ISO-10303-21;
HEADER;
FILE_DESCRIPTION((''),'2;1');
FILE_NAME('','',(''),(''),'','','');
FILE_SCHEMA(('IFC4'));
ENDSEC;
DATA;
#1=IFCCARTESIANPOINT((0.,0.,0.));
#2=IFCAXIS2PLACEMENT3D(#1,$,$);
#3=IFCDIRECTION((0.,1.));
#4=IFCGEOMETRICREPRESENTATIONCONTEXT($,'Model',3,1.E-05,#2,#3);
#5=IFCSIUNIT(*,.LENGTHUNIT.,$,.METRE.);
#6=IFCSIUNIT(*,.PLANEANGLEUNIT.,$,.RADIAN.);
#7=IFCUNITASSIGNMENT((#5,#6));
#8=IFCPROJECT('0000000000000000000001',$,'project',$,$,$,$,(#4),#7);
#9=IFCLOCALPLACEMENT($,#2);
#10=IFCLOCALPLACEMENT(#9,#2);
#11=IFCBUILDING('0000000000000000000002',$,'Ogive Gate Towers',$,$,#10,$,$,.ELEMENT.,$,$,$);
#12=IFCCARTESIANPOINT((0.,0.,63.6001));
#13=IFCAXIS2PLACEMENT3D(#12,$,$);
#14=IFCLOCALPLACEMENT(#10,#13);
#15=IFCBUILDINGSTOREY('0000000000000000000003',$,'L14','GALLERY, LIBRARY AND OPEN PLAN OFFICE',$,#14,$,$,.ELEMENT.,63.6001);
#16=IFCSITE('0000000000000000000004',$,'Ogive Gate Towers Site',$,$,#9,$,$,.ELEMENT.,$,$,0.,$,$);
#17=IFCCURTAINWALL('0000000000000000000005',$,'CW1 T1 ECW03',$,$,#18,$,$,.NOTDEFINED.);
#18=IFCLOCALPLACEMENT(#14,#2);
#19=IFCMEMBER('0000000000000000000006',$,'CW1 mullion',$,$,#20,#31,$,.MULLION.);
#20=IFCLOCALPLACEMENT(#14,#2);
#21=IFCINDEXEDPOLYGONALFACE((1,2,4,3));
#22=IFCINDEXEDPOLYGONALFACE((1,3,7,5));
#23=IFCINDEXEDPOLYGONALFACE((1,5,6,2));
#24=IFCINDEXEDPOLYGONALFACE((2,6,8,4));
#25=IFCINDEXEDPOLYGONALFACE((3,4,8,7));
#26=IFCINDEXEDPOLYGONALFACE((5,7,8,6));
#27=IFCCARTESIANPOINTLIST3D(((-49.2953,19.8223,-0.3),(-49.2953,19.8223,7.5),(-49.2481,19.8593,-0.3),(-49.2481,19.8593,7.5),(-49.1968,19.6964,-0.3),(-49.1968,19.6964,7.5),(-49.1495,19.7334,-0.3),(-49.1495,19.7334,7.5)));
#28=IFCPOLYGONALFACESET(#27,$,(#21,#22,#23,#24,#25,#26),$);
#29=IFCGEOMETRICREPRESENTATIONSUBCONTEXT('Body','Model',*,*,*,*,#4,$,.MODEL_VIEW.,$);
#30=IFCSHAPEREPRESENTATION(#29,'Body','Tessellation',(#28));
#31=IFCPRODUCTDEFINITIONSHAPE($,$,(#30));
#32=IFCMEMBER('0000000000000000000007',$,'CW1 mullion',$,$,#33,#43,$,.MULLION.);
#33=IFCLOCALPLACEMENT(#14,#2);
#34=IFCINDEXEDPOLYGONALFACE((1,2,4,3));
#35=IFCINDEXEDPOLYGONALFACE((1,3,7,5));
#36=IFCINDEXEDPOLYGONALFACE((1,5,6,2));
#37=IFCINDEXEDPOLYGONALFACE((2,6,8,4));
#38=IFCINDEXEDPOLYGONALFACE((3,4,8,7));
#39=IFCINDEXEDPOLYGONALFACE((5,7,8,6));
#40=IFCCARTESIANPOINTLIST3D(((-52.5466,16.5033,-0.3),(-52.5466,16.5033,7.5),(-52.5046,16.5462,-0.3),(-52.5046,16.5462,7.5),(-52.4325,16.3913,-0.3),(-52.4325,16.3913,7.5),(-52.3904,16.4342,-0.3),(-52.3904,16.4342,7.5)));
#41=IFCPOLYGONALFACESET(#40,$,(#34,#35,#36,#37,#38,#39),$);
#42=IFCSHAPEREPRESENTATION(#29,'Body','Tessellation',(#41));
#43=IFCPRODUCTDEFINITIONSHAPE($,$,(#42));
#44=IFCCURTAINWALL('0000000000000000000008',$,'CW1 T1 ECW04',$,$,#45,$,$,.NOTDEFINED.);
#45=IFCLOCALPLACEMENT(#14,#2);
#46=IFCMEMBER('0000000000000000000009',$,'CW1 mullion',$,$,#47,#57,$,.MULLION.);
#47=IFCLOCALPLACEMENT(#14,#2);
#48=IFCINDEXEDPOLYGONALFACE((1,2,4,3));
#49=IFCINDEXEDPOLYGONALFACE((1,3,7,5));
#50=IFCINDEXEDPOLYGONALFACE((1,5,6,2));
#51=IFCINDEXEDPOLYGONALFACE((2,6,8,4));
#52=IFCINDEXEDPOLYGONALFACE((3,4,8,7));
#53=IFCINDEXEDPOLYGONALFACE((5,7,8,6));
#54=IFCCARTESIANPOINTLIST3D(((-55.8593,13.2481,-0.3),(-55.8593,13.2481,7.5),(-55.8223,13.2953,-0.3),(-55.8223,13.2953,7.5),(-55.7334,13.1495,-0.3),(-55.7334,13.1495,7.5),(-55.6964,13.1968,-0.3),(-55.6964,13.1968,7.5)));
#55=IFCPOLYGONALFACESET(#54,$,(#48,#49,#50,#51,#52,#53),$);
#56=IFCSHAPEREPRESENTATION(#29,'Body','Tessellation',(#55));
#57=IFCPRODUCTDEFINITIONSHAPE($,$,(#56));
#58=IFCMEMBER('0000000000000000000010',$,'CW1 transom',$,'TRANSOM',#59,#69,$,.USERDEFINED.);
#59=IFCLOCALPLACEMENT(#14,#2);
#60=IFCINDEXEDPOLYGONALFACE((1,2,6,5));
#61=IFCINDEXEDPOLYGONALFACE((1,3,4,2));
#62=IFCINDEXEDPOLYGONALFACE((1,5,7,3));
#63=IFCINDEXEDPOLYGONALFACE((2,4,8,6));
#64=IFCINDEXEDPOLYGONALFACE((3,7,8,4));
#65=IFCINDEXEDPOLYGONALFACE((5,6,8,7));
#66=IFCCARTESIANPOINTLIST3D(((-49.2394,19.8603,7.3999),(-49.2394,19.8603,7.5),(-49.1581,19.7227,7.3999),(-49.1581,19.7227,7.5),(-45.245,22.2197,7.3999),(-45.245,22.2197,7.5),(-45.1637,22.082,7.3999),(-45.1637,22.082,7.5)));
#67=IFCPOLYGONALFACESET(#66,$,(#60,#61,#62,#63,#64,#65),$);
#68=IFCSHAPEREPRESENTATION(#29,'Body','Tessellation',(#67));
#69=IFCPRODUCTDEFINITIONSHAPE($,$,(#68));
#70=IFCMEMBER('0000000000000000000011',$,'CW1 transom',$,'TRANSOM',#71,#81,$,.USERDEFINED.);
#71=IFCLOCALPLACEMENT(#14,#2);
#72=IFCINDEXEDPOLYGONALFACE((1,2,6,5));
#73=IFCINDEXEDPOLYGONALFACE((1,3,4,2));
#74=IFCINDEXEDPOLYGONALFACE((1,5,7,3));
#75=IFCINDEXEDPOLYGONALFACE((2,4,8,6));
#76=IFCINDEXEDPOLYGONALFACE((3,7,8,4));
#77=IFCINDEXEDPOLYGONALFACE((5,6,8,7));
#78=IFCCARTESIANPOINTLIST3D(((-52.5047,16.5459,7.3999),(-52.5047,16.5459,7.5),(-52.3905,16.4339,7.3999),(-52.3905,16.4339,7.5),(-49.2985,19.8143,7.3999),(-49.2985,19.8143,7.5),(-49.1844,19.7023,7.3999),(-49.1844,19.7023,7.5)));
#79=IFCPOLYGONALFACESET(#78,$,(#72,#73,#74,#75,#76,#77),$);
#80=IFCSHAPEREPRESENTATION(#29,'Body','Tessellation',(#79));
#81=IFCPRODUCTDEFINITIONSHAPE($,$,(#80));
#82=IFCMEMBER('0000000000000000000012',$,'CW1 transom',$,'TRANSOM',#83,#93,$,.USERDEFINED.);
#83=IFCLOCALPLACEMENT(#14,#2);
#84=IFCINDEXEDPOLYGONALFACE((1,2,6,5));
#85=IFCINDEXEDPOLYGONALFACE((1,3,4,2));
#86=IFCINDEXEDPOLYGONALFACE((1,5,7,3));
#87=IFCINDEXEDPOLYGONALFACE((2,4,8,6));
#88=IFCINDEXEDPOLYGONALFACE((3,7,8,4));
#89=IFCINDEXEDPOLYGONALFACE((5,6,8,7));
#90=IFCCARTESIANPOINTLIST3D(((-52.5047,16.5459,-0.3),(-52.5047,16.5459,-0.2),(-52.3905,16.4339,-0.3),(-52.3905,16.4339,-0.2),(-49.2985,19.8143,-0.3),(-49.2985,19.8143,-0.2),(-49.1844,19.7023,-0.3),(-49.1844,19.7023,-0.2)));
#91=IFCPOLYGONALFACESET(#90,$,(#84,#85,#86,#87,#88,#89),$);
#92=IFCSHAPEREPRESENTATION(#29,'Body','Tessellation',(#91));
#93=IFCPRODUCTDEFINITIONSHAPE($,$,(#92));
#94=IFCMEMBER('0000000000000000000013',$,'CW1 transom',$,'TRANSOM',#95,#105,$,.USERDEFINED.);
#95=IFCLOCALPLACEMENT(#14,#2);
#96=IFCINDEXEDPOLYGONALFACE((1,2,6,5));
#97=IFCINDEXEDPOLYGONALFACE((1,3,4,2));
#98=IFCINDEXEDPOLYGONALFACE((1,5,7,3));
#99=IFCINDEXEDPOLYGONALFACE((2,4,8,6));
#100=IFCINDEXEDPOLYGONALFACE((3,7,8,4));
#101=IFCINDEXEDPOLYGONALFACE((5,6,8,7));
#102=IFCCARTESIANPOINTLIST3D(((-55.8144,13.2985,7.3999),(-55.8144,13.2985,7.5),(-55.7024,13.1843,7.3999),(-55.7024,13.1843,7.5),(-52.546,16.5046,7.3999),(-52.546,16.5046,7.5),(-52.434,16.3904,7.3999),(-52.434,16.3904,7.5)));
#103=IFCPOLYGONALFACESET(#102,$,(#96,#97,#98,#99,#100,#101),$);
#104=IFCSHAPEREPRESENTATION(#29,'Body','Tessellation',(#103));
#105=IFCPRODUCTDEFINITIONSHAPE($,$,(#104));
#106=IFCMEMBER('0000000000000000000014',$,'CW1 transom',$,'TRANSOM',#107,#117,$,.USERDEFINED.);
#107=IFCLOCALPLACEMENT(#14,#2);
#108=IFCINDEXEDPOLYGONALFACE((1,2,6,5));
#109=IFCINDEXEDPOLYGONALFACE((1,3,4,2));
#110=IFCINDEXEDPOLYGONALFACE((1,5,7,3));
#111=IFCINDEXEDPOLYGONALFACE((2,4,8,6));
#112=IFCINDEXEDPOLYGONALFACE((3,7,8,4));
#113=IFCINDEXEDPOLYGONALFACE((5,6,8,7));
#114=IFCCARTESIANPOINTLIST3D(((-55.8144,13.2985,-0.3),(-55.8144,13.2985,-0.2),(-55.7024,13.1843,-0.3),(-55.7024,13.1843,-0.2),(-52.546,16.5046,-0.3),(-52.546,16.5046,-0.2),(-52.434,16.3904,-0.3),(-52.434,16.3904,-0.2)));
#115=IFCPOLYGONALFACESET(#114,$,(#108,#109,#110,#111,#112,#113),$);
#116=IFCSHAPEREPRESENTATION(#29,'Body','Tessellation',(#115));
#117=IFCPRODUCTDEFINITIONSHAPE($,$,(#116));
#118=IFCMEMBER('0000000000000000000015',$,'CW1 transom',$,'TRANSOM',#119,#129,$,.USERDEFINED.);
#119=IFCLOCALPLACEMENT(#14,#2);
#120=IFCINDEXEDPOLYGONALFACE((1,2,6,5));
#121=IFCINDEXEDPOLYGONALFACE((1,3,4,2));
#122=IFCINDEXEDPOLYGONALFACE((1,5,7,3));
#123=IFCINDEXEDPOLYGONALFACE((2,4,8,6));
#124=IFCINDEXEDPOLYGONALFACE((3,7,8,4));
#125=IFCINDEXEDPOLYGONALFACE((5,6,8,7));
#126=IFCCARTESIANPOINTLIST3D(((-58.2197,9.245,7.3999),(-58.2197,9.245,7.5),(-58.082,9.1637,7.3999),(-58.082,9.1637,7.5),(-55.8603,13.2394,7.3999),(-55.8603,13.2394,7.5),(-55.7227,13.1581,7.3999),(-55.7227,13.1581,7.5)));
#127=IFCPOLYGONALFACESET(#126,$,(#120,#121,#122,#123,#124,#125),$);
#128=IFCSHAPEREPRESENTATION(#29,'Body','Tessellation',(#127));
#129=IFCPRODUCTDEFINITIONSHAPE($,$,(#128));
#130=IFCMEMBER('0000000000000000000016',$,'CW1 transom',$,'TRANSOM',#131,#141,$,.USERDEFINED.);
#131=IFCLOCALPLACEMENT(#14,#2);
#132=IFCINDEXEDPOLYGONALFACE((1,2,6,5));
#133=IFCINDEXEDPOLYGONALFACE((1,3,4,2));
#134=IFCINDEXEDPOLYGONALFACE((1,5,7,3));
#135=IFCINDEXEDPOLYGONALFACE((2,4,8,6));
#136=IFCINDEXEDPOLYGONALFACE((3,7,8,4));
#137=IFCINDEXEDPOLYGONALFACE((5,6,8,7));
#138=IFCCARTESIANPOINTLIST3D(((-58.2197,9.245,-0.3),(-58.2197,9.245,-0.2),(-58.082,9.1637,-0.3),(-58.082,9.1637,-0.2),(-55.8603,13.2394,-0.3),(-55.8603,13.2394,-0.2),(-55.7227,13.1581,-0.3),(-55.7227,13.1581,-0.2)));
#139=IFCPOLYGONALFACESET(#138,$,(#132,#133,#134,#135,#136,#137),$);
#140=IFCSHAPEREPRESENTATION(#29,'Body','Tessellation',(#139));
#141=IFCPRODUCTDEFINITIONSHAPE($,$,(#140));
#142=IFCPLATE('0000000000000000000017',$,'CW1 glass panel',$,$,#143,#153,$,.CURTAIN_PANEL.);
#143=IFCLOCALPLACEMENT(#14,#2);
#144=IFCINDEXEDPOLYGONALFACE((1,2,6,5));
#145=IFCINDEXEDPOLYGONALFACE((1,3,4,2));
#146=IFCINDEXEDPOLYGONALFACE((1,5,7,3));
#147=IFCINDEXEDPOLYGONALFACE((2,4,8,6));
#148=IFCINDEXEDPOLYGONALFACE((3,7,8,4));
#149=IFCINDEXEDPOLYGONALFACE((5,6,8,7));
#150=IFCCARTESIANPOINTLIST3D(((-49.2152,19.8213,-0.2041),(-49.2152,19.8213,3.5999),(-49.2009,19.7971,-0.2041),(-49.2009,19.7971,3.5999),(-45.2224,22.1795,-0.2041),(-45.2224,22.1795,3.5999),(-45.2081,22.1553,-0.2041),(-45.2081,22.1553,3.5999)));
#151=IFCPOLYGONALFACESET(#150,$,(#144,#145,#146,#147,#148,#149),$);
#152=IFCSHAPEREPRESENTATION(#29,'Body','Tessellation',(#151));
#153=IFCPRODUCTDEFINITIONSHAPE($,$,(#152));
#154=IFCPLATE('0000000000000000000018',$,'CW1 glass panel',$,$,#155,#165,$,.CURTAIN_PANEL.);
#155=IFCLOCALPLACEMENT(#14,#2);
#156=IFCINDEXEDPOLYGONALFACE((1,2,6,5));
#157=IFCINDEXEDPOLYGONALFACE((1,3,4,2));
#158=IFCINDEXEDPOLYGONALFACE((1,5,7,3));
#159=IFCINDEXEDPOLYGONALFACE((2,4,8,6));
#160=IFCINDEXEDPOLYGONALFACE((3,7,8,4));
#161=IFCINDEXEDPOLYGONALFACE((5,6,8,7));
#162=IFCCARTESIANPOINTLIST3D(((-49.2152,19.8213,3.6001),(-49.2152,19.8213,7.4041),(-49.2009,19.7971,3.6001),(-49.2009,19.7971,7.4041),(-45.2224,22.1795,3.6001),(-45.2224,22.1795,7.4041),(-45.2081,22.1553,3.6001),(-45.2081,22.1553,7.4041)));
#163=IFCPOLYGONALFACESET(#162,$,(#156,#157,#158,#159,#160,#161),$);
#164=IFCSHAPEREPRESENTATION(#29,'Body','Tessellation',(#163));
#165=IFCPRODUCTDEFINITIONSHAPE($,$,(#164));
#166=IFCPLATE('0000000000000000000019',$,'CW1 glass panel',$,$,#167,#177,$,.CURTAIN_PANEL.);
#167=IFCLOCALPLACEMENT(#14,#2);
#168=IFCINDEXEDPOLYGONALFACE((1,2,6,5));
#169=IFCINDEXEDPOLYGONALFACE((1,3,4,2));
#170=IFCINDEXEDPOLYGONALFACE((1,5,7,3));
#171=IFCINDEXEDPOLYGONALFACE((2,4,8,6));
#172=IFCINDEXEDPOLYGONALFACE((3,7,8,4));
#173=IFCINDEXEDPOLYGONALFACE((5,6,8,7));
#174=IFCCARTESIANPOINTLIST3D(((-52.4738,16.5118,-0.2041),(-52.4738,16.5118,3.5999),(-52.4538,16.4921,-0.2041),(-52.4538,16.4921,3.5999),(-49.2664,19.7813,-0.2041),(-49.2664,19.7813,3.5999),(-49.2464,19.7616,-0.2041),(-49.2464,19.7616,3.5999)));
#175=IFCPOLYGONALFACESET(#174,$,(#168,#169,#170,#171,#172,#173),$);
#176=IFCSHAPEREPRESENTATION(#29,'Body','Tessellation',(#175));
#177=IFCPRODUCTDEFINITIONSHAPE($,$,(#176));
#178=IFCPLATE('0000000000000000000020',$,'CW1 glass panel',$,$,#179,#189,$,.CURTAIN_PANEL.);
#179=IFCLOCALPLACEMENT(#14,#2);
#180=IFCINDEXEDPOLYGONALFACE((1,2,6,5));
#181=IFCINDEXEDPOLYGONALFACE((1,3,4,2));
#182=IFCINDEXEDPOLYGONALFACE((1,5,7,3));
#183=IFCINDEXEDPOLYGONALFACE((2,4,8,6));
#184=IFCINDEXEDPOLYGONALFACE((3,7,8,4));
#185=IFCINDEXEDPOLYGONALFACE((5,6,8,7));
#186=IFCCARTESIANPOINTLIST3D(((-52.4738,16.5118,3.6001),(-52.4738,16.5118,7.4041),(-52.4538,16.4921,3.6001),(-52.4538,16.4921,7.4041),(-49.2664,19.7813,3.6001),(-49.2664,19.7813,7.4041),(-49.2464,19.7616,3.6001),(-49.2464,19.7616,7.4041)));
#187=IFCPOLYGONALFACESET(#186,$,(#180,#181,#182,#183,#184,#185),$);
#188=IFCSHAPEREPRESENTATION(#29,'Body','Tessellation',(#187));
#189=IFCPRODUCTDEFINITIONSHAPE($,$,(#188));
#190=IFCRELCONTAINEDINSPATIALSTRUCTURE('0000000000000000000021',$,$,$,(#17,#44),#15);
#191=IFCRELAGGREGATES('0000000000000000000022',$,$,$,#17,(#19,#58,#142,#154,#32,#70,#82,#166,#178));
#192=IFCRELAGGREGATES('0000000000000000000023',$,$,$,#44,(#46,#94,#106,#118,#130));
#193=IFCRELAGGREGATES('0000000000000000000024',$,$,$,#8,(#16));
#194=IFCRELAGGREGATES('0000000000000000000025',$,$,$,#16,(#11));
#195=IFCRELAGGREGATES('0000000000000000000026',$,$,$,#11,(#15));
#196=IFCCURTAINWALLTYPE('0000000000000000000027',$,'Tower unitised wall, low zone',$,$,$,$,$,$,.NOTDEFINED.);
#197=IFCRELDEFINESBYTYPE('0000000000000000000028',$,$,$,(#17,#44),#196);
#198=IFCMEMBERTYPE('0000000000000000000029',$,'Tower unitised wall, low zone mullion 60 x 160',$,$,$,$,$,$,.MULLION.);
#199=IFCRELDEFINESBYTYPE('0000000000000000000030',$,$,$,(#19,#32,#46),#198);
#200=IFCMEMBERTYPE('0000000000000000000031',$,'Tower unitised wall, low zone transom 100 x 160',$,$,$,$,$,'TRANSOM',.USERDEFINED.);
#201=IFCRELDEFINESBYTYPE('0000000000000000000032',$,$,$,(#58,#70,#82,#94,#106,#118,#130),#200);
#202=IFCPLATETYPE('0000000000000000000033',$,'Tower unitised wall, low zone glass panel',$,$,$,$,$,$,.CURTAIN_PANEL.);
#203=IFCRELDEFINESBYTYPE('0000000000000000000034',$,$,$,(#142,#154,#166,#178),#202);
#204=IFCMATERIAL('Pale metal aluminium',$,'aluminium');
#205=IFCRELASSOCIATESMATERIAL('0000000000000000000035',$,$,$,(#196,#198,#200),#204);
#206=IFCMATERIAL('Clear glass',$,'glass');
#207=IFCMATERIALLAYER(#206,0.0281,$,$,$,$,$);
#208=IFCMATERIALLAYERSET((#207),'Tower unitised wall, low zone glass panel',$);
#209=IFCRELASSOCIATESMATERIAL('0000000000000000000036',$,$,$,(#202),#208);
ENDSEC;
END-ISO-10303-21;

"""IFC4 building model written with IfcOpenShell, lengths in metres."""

from ifc_helpers import new_model, si_unit, direction, frame, origin, origin_2d, place, context, subcontext, project, spatial, rectangle, extrude, material, layer, layer_set, material_profile, profile_set, type_object, element, aggregate, save


model = new_model("IFC4")

# Units and contexts
model_context = context("Model", 3, precision=1e-05, world=origin(), true_north=direction((0.0, 1.0)))
body_context = subcontext(model_context, "Body", "Model", "MODEL_VIEW")
ifc_project = project(units=[si_unit("LENGTHUNIT", "METRE"), si_unit("PLANEANGLEUNIT", "RADIAN")], contexts=[model_context])

# Site, building, storey
site_placement = place(None, origin())
site = spatial("IfcSite", under=ifc_project, at=site_placement, Name="Ogive Gate Towers Site", CompositionType="ELEMENT", RefElevation=0.0)
building_placement = place(site_placement, origin())
building = spatial("IfcBuilding", under=site, at=building_placement, Name="Ogive Gate Towers", CompositionType="ELEMENT")
storey_placement = place(building_placement, frame((0.0, 0.0, 63.6001)))
storey = spatial("IfcBuildingStorey", under=building, at=storey_placement, Name="L14", Description="GALLERY, LIBRARY AND OPEN PLAN OFFICE", CompositionType="ELEMENT", Elevation=63.6001)

# Curtain wall, members
ifc_material_1 = material(Name="Pale metal aluminium", Category="aluminium")
curtain_wall_type = type_object("IfcCurtainWallType", Name="Tower unitised wall, low zone", PredefinedType="NOTDEFINED", material=ifc_material_1)
curtain_wall_1_placement = place(storey_placement, origin())
curtain_wall_1 = element("IfcCurtainWall", 1, at=curtain_wall_1_placement, inside=storey, type_object=curtain_wall_type, Name="CW1 T1 ECW03", PredefinedType="NOTDEFINED")
ifc_material_profile_1 = material_profile(ifc_material_1, rectangle(XDim=0.1599, YDim=0.0601, at=origin_2d()), Name="60 x 160 aluminium box")
ifc_profile_set_1 = profile_set([ifc_material_profile_1], Name="Pale metal aluminium")
member_type_1 = type_object("IfcMemberType", Name="Tower unitised wall, low zone mullion 60 x 160", PredefinedType="MULLION", material=ifc_profile_set_1)
member_1_placement = place(storey_placement, frame((-49.2224, 19.7778, -0.3), z_axis=(0.0, 0.0, 1.0), x_axis=(-0.616459, 0.787387, 0.0)))
member_1 = element("IfcMember", 2, at=member_1_placement, type_object=member_type_1, Name="CW1 mullion", PredefinedType="MULLION", context=body_context, shape_type="SweptSolid", body=[
    extrude(rectangle(XDim=0.1599, YDim=0.0601, at=origin_2d()), origin(), (0.0, 0.0, 1.0), 7.8),
])
member_2_placement = place(storey_placement, frame((-52.4685, 16.4688, -0.3), z_axis=(0.0, 0.0, 1.0), x_axis=(-0.71385, 0.700299, 0.0)))
member_2 = element("IfcMember", 3, at=member_2_placement, type_object=member_type_1, Name="CW1 mullion", PredefinedType="MULLION", context=body_context, shape_type="SweptSolid", body=[
    extrude(rectangle(XDim=0.1599, YDim=0.0601, at=origin_2d()), origin(), (0.0, 0.0, 1.0), 7.8),
])

# Curtain wall, member
curtain_wall_2_placement = place(storey_placement, origin())
curtain_wall_2 = element("IfcCurtainWall", 4, at=curtain_wall_2_placement, inside=storey, type_object=curtain_wall_type, Name="CW1 T1 ECW04", PredefinedType="NOTDEFINED")
member_3_placement = place(storey_placement, frame((-55.7778, 13.2224, -0.3), z_axis=(0.0, 0.0, 1.0), x_axis=(-0.787387, 0.616459, 0.0)))
member_3 = element("IfcMember", 5, at=member_3_placement, type_object=member_type_1, Name="CW1 mullion", PredefinedType="MULLION", context=body_context, shape_type="SweptSolid", body=[
    extrude(rectangle(XDim=0.1599, YDim=0.0601, at=origin_2d()), origin(), (0.0, 0.0, 1.0), 7.8),
])

# Members
ifc_material_profile_2 = material_profile(ifc_material_1, rectangle(XDim=0.1599, YDim=0.1001, at=origin_2d()), Name="100 x 160 aluminium box")
ifc_profile_set_2 = profile_set([ifc_material_profile_2], Name="Pale metal aluminium")
member_type_2 = type_object("IfcMemberType", Name="Tower unitised wall, low zone transom 100 x 160", ElementType="TRANSOM", PredefinedType="USERDEFINED", material=ifc_profile_set_2)
member_4_placement = place(storey_placement, frame((-45.2043, 22.1509, 7.45), z_axis=(-0.861016, -0.508579, 0.0), x_axis=(0.508579, -0.861016, 0.0)))
member_4 = element("IfcMember", 6, at=member_4_placement, type_object=member_type_2, Name="CW1 transom", ObjectType="TRANSOM", PredefinedType="USERDEFINED", context=body_context, shape_type="SweptSolid", body=[
    extrude(rectangle(XDim=0.1599, YDim=0.1001, at=origin_2d()), origin(), (0.0, 0.0, 1.0), 4.6392),
])
member_5_placement = place(storey_placement, frame((-49.2415, 19.7583, 7.45), z_axis=(-0.700275, -0.713873, 0.0), x_axis=(0.713873, -0.700275, 0.0)))
member_5 = element("IfcMember", 7, at=member_5_placement, type_object=member_type_2, Name="CW1 transom", ObjectType="TRANSOM", PredefinedType="USERDEFINED", context=body_context, shape_type="SweptSolid", body=[
    extrude(rectangle(XDim=0.1599, YDim=0.1001, at=origin_2d()), origin(), (0.0, 0.0, 1.0), 4.5784),
])
member_6_placement = place(storey_placement, frame((-49.2415, 19.7583, -0.25), z_axis=(-0.700275, -0.713873, 0.0), x_axis=(0.713873, -0.700275, 0.0)))
member_6 = element("IfcMember", 8, at=member_6_placement, type_object=member_type_2, Name="CW1 transom", ObjectType="TRANSOM", PredefinedType="USERDEFINED", context=body_context, shape_type="SweptSolid", body=[
    extrude(rectangle(XDim=0.1599, YDim=0.1001, at=origin_2d()), origin(), (0.0, 0.0, 1.0), 4.5784),
])
member_7_placement = place(storey_placement, frame((-52.49, 16.4475, 7.45), z_axis=(-0.713873, -0.700275, 0.0), x_axis=(0.700275, -0.713873, 0.0)))
member_7 = element("IfcMember", 9, at=member_7_placement, type_object=member_type_2, Name="CW1 transom", ObjectType="TRANSOM", PredefinedType="USERDEFINED", context=body_context, shape_type="SweptSolid", body=[
    extrude(rectangle(XDim=0.1599, YDim=0.1001, at=origin_2d()), origin(), (0.0, 0.0, 1.0), 4.5784),
])
member_8_placement = place(storey_placement, frame((-52.49, 16.4475, -0.25), z_axis=(-0.713873, -0.700275, 0.0), x_axis=(0.700275, -0.713873, 0.0)))
member_8 = element("IfcMember", 10, at=member_8_placement, type_object=member_type_2, Name="CW1 transom", ObjectType="TRANSOM", PredefinedType="USERDEFINED", context=body_context, shape_type="SweptSolid", body=[
    extrude(rectangle(XDim=0.1599, YDim=0.1001, at=origin_2d()), origin(), (0.0, 0.0, 1.0), 4.5784),
])
member_9_placement = place(storey_placement, frame((-55.7915, 13.1987, 7.45), z_axis=(-0.508579, -0.861016, 0.0), x_axis=(0.861016, -0.508579, 0.0)))
member_9 = element("IfcMember", 11, at=member_9_placement, type_object=member_type_2, Name="CW1 transom", ObjectType="TRANSOM", PredefinedType="USERDEFINED", context=body_context, shape_type="SweptSolid", body=[
    extrude(rectangle(XDim=0.1599, YDim=0.1001, at=origin_2d()), origin(), (0.0, 0.0, 1.0), 4.6392),
])
member_10_placement = place(storey_placement, frame((-55.7915, 13.1987, -0.25), z_axis=(-0.508579, -0.861016, 0.0), x_axis=(0.861016, -0.508579, 0.0)))
member_10 = element("IfcMember", 12, at=member_10_placement, type_object=member_type_2, Name="CW1 transom", ObjectType="TRANSOM", PredefinedType="USERDEFINED", context=body_context, shape_type="SweptSolid", body=[
    extrude(rectangle(XDim=0.1599, YDim=0.1001, at=origin_2d()), origin(), (0.0, 0.0, 1.0), 4.6392),
])

# Plates
ifc_material_2 = material(Name="Clear glass", Category="glass")
ifc_layer_1 = layer(ifc_material_2, 0.0281)
ifc_layer_set_1 = layer_set([ifc_layer_1], Name="Tower unitised wall, low zone glass panel")
plate_type = type_object("IfcPlateType", Name="Tower unitised wall, low zone glass panel", PredefinedType="CURTAIN_PANEL", material=ifc_layer_set_1)
plate_1_placement = place(storey_placement, frame((-47.2117, 20.9883, -0.2041), z_axis=(0.0, 0.0, 1.0), x_axis=(-0.861035, -0.508546, 0.0)))
plate_1 = element("IfcPlate", 13, at=plate_1_placement, type_object=plate_type, Name="CW1 glass panel", PredefinedType="CURTAIN_PANEL", context=body_context, shape_type="SweptSolid", body=[
    extrude(rectangle(XDim=4.6372, YDim=0.0281, at=origin_2d()), origin(), (0.0, 0.0, 1.0), 3.804),
])
plate_2_placement = place(storey_placement, frame((-47.2117, 20.9883, 3.6001), z_axis=(0.0, 0.0, 1.0), x_axis=(-0.861035, -0.508546, 0.0)))
plate_2 = element("IfcPlate", 14, at=plate_2_placement, type_object=plate_type, Name="CW1 glass panel", PredefinedType="CURTAIN_PANEL", context=body_context, shape_type="SweptSolid", body=[
    extrude(rectangle(XDim=4.6372, YDim=0.0281, at=origin_2d()), origin(), (0.0, 0.0, 1.0), 3.804),
])
plate_3_placement = place(storey_placement, frame((-50.8601, 18.1367, -0.2041), z_axis=(0.0, 0.0, 1.0), x_axis=(-0.700299, -0.71385, 0.0)))
plate_3 = element("IfcPlate", 15, at=plate_3_placement, type_object=plate_type, Name="CW1 glass panel", PredefinedType="CURTAIN_PANEL", context=body_context, shape_type="SweptSolid", body=[
    extrude(rectangle(XDim=4.5801, YDim=0.0281, at=origin_2d()), origin(), (0.0, 0.0, 1.0), 3.804),
])
plate_4_placement = place(storey_placement, frame((-50.8601, 18.1367, 3.6001), z_axis=(0.0, 0.0, 1.0), x_axis=(-0.700299, -0.71385, 0.0)))
plate_4 = element("IfcPlate", 16, at=plate_4_placement, type_object=plate_type, Name="CW1 glass panel", PredefinedType="CURTAIN_PANEL", context=body_context, shape_type="SweptSolid", body=[
    extrude(rectangle(XDim=4.5801, YDim=0.0281, at=origin_2d()), origin(), (0.0, 0.0, 1.0), 3.804),
])
aggregate(curtain_wall_1, [member_1, member_4, plate_1, plate_2, member_2, member_5, member_6, plate_3, plate_4])
aggregate(curtain_wall_2, [member_3, member_7, member_8, member_9, member_10])

save(model, "model.ifc")
